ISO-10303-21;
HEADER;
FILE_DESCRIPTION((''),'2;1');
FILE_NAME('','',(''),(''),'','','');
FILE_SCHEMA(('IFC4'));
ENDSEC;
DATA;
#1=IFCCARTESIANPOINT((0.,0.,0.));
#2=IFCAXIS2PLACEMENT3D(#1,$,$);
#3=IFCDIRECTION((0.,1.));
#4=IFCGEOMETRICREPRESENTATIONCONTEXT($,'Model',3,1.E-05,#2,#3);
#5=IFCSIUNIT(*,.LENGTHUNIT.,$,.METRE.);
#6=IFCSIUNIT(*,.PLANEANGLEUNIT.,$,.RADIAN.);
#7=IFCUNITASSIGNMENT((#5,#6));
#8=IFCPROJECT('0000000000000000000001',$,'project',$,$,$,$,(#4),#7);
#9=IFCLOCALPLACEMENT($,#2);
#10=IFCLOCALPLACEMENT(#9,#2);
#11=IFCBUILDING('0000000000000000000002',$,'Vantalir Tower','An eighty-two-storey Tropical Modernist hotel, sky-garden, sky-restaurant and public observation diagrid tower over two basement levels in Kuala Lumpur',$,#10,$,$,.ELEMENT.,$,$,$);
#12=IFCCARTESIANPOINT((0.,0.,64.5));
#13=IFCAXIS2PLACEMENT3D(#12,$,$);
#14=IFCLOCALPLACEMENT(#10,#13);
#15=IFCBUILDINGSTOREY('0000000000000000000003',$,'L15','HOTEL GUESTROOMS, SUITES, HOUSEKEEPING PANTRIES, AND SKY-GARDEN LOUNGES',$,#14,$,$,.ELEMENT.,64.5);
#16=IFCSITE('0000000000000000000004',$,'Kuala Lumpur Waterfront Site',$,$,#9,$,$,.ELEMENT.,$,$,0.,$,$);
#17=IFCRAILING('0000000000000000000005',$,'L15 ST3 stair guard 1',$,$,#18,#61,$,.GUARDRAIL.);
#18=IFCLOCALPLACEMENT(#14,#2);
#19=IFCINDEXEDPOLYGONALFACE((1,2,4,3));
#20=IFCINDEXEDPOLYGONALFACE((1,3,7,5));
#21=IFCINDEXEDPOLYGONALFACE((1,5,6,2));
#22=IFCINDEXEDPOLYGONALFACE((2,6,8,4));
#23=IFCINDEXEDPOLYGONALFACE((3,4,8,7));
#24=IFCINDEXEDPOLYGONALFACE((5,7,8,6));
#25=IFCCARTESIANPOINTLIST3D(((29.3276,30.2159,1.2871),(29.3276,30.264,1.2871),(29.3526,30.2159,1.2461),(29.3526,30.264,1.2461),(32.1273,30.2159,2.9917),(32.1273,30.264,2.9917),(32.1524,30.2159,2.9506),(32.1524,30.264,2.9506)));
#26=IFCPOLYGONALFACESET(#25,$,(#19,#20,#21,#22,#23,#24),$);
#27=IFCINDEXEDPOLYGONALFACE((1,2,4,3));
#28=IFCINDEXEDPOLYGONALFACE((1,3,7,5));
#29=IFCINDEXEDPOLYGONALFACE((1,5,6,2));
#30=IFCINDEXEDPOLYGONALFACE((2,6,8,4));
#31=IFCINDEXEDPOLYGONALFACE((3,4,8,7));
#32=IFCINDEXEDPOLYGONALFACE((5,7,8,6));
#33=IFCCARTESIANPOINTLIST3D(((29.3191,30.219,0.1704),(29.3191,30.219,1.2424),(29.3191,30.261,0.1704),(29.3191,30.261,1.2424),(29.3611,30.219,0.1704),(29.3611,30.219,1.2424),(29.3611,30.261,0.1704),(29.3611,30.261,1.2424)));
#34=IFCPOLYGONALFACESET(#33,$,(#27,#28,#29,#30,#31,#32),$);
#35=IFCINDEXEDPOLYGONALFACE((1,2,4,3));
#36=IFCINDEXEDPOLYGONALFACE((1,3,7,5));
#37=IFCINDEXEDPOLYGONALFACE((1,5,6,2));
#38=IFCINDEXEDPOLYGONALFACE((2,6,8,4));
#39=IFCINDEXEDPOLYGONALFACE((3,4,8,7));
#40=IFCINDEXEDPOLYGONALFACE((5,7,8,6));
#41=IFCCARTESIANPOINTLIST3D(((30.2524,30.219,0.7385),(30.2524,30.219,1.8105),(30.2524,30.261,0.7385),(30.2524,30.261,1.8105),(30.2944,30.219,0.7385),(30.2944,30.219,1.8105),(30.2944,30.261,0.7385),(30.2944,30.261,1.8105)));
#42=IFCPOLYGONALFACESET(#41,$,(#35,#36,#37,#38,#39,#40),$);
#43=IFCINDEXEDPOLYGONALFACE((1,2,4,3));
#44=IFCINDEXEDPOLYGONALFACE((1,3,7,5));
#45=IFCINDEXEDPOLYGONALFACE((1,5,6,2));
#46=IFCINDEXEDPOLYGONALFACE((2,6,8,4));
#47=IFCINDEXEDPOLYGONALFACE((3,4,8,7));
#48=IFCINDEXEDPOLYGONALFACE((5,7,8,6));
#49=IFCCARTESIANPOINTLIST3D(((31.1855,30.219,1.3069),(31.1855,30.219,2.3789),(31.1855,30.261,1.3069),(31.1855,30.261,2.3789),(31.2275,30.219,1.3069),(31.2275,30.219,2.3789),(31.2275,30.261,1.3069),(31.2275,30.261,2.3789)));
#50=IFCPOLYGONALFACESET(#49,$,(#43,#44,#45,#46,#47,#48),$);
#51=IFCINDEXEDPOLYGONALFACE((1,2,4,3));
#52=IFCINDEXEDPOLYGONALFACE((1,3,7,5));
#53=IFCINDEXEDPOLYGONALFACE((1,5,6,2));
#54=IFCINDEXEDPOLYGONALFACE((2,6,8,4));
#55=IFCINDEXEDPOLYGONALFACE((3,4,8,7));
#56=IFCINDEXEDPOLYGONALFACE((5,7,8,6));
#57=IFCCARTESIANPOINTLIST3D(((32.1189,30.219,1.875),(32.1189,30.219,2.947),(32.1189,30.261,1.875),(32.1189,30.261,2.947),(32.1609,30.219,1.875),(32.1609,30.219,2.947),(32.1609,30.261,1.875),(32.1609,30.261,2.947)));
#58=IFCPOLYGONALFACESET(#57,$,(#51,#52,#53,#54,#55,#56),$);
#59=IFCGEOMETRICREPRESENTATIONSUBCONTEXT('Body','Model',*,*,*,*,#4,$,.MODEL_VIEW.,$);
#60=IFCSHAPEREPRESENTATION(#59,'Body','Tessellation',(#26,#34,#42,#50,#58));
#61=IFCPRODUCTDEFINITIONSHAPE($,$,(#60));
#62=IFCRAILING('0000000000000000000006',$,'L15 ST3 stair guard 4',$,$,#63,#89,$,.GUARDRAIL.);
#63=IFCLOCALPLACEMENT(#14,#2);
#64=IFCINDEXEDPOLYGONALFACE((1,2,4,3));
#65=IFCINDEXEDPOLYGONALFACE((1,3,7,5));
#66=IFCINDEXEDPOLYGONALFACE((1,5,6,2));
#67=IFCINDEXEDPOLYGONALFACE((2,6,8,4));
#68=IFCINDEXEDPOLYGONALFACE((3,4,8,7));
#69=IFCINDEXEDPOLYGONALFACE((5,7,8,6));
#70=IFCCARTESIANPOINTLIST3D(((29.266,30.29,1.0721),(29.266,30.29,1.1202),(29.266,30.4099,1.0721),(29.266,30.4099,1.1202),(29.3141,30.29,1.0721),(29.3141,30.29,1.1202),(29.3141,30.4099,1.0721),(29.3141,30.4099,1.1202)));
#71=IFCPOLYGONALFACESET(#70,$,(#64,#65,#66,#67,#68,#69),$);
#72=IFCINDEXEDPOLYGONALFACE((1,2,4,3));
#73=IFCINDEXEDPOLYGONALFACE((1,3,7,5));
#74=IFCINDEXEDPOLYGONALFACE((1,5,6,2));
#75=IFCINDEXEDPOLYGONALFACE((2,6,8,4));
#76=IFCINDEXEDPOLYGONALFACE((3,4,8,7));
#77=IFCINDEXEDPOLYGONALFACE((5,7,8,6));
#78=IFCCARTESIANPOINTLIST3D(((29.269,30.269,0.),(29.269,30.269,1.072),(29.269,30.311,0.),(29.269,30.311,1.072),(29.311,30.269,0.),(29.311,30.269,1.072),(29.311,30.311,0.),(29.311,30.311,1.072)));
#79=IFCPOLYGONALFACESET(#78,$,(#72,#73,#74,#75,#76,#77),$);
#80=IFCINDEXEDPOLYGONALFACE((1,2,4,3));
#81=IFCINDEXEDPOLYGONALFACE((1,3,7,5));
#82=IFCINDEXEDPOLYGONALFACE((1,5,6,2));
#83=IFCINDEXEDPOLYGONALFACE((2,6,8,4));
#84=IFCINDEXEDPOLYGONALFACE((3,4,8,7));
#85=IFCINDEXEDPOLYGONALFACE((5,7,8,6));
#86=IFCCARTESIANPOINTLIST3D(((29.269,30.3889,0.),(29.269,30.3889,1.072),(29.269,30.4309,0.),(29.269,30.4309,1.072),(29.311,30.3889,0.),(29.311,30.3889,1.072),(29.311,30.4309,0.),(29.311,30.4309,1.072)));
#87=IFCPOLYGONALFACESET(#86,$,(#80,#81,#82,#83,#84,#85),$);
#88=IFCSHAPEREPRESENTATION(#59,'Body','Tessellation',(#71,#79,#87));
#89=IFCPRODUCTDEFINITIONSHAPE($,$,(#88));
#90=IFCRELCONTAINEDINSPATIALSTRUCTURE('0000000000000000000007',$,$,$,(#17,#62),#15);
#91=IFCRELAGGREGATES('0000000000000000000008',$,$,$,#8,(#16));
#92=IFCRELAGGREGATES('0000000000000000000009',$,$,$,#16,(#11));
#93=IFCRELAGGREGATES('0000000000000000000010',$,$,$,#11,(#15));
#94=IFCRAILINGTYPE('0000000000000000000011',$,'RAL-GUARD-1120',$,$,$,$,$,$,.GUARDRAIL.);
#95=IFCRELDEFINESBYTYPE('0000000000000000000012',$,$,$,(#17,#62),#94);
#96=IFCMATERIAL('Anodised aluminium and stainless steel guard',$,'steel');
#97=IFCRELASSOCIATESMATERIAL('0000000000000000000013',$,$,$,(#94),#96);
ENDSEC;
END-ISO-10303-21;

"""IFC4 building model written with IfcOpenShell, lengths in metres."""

from ifc_helpers import new_model, si_unit, direction, frame, origin, origin_2d, place, context, subcontext, project, spatial, rectangle, extrude, material, type_object, element, save


model = new_model("IFC4")

# Units and contexts
model_context = context("Model", 3, precision=1e-05, world=origin(), true_north=direction((0.0, 1.0)))
body_context = subcontext(model_context, "Body", "Model", "MODEL_VIEW")
ifc_project = project(units=[si_unit("LENGTHUNIT", "METRE"), si_unit("PLANEANGLEUNIT", "RADIAN")], contexts=[model_context])

# Site, building, storey
site_placement = place(None, origin())
site = spatial("IfcSite", under=ifc_project, at=site_placement, Name="Kuala Lumpur Waterfront Site", CompositionType="ELEMENT", RefElevation=0.0)
building_placement = place(site_placement, origin())
building = spatial("IfcBuilding", under=site, at=building_placement, Name="Vantalir Tower", Description="An eighty-two-storey Tropical Modernist hotel, sky-garden, sky-restaurant and public observation diagrid tower over two basement levels in Kuala Lumpur", CompositionType="ELEMENT")
storey_placement = place(building_placement, frame((0.0, 0.0, 64.5)))
storey = spatial("IfcBuildingStorey", under=building, at=storey_placement, Name="L15", Description="HOTEL GUESTROOMS, SUITES, HOUSEKEEPING PANTRIES, AND SKY-GARDEN LOUNGES", CompositionType="ELEMENT", Elevation=64.5)

# Railings
ifc_material_1 = material(Name="Anodised aluminium and stainless steel guard", Category="steel")
railing_type = type_object("IfcRailingType", Name="RAL-GUARD-1120", PredefinedType="GUARDRAIL", material=ifc_material_1)
railing_1_placement = place(storey_placement, frame((29.3401, 30.24, 0.1704)))
element("IfcRailing", 1, at=railing_1_placement, inside=storey, type_object=railing_type, Name="L15 ST3 stair guard 1", PredefinedType="GUARDRAIL", context=body_context, shape_type="SweptSolid", body=[
    extrude(rectangle(XDim=0.0481, YDim=0.0481, at=origin_2d()), frame((0.0, 0.0, 1.0962), z_axis=(0.85415, 0.0, 0.520027), x_axis=(0.0, 1.0, 0.0)), (0.0, 0.0, 1.0), 3.2778),
    extrude(rectangle(XDim=0.042, YDim=0.042, at=origin_2d()), origin(), (0.0, 0.0, 1.0), 1.072),
    extrude(rectangle(XDim=0.042, YDim=0.042, at=origin_2d()), frame((0.9333, 0.0, 0.5681)), (0.0, 0.0, 1.0), 1.072),
    extrude(rectangle(XDim=0.042, YDim=0.042, at=origin_2d()), frame((1.8665, 0.0, 1.1365)), (0.0, 0.0, 1.0), 1.072),
    extrude(rectangle(XDim=0.042, YDim=0.042, at=origin_2d()), frame((2.7998, 0.0, 1.7046)), (0.0, 0.0, 1.0), 1.072),
])
railing_2_placement = place(storey_placement, frame((29.29, 30.29, 0.0)))
element("IfcRailing", 2, at=railing_2_placement, inside=storey, type_object=railing_type, Name="L15 ST3 stair guard 4", PredefinedType="GUARDRAIL", context=body_context, shape_type="SweptSolid", body=[
    extrude(rectangle(XDim=0.0481, YDim=0.0481, at=origin_2d()), frame((0.0, 0.0, 1.0962), z_axis=(0.0, 1.0, 0.0), x_axis=(-1.0, 0.0, 0.0)), (0.0, 0.0, 1.0), 0.1199),
    extrude(rectangle(XDim=0.042, YDim=0.042, at=origin_2d()), origin(), (0.0, 0.0, 1.0), 1.072),
    extrude(rectangle(XDim=0.042, YDim=0.042, at=origin_2d()), frame((0.0, 0.1199, 0.0)), (0.0, 0.0, 1.0), 1.072),
])

save(model, "model.ifc")
